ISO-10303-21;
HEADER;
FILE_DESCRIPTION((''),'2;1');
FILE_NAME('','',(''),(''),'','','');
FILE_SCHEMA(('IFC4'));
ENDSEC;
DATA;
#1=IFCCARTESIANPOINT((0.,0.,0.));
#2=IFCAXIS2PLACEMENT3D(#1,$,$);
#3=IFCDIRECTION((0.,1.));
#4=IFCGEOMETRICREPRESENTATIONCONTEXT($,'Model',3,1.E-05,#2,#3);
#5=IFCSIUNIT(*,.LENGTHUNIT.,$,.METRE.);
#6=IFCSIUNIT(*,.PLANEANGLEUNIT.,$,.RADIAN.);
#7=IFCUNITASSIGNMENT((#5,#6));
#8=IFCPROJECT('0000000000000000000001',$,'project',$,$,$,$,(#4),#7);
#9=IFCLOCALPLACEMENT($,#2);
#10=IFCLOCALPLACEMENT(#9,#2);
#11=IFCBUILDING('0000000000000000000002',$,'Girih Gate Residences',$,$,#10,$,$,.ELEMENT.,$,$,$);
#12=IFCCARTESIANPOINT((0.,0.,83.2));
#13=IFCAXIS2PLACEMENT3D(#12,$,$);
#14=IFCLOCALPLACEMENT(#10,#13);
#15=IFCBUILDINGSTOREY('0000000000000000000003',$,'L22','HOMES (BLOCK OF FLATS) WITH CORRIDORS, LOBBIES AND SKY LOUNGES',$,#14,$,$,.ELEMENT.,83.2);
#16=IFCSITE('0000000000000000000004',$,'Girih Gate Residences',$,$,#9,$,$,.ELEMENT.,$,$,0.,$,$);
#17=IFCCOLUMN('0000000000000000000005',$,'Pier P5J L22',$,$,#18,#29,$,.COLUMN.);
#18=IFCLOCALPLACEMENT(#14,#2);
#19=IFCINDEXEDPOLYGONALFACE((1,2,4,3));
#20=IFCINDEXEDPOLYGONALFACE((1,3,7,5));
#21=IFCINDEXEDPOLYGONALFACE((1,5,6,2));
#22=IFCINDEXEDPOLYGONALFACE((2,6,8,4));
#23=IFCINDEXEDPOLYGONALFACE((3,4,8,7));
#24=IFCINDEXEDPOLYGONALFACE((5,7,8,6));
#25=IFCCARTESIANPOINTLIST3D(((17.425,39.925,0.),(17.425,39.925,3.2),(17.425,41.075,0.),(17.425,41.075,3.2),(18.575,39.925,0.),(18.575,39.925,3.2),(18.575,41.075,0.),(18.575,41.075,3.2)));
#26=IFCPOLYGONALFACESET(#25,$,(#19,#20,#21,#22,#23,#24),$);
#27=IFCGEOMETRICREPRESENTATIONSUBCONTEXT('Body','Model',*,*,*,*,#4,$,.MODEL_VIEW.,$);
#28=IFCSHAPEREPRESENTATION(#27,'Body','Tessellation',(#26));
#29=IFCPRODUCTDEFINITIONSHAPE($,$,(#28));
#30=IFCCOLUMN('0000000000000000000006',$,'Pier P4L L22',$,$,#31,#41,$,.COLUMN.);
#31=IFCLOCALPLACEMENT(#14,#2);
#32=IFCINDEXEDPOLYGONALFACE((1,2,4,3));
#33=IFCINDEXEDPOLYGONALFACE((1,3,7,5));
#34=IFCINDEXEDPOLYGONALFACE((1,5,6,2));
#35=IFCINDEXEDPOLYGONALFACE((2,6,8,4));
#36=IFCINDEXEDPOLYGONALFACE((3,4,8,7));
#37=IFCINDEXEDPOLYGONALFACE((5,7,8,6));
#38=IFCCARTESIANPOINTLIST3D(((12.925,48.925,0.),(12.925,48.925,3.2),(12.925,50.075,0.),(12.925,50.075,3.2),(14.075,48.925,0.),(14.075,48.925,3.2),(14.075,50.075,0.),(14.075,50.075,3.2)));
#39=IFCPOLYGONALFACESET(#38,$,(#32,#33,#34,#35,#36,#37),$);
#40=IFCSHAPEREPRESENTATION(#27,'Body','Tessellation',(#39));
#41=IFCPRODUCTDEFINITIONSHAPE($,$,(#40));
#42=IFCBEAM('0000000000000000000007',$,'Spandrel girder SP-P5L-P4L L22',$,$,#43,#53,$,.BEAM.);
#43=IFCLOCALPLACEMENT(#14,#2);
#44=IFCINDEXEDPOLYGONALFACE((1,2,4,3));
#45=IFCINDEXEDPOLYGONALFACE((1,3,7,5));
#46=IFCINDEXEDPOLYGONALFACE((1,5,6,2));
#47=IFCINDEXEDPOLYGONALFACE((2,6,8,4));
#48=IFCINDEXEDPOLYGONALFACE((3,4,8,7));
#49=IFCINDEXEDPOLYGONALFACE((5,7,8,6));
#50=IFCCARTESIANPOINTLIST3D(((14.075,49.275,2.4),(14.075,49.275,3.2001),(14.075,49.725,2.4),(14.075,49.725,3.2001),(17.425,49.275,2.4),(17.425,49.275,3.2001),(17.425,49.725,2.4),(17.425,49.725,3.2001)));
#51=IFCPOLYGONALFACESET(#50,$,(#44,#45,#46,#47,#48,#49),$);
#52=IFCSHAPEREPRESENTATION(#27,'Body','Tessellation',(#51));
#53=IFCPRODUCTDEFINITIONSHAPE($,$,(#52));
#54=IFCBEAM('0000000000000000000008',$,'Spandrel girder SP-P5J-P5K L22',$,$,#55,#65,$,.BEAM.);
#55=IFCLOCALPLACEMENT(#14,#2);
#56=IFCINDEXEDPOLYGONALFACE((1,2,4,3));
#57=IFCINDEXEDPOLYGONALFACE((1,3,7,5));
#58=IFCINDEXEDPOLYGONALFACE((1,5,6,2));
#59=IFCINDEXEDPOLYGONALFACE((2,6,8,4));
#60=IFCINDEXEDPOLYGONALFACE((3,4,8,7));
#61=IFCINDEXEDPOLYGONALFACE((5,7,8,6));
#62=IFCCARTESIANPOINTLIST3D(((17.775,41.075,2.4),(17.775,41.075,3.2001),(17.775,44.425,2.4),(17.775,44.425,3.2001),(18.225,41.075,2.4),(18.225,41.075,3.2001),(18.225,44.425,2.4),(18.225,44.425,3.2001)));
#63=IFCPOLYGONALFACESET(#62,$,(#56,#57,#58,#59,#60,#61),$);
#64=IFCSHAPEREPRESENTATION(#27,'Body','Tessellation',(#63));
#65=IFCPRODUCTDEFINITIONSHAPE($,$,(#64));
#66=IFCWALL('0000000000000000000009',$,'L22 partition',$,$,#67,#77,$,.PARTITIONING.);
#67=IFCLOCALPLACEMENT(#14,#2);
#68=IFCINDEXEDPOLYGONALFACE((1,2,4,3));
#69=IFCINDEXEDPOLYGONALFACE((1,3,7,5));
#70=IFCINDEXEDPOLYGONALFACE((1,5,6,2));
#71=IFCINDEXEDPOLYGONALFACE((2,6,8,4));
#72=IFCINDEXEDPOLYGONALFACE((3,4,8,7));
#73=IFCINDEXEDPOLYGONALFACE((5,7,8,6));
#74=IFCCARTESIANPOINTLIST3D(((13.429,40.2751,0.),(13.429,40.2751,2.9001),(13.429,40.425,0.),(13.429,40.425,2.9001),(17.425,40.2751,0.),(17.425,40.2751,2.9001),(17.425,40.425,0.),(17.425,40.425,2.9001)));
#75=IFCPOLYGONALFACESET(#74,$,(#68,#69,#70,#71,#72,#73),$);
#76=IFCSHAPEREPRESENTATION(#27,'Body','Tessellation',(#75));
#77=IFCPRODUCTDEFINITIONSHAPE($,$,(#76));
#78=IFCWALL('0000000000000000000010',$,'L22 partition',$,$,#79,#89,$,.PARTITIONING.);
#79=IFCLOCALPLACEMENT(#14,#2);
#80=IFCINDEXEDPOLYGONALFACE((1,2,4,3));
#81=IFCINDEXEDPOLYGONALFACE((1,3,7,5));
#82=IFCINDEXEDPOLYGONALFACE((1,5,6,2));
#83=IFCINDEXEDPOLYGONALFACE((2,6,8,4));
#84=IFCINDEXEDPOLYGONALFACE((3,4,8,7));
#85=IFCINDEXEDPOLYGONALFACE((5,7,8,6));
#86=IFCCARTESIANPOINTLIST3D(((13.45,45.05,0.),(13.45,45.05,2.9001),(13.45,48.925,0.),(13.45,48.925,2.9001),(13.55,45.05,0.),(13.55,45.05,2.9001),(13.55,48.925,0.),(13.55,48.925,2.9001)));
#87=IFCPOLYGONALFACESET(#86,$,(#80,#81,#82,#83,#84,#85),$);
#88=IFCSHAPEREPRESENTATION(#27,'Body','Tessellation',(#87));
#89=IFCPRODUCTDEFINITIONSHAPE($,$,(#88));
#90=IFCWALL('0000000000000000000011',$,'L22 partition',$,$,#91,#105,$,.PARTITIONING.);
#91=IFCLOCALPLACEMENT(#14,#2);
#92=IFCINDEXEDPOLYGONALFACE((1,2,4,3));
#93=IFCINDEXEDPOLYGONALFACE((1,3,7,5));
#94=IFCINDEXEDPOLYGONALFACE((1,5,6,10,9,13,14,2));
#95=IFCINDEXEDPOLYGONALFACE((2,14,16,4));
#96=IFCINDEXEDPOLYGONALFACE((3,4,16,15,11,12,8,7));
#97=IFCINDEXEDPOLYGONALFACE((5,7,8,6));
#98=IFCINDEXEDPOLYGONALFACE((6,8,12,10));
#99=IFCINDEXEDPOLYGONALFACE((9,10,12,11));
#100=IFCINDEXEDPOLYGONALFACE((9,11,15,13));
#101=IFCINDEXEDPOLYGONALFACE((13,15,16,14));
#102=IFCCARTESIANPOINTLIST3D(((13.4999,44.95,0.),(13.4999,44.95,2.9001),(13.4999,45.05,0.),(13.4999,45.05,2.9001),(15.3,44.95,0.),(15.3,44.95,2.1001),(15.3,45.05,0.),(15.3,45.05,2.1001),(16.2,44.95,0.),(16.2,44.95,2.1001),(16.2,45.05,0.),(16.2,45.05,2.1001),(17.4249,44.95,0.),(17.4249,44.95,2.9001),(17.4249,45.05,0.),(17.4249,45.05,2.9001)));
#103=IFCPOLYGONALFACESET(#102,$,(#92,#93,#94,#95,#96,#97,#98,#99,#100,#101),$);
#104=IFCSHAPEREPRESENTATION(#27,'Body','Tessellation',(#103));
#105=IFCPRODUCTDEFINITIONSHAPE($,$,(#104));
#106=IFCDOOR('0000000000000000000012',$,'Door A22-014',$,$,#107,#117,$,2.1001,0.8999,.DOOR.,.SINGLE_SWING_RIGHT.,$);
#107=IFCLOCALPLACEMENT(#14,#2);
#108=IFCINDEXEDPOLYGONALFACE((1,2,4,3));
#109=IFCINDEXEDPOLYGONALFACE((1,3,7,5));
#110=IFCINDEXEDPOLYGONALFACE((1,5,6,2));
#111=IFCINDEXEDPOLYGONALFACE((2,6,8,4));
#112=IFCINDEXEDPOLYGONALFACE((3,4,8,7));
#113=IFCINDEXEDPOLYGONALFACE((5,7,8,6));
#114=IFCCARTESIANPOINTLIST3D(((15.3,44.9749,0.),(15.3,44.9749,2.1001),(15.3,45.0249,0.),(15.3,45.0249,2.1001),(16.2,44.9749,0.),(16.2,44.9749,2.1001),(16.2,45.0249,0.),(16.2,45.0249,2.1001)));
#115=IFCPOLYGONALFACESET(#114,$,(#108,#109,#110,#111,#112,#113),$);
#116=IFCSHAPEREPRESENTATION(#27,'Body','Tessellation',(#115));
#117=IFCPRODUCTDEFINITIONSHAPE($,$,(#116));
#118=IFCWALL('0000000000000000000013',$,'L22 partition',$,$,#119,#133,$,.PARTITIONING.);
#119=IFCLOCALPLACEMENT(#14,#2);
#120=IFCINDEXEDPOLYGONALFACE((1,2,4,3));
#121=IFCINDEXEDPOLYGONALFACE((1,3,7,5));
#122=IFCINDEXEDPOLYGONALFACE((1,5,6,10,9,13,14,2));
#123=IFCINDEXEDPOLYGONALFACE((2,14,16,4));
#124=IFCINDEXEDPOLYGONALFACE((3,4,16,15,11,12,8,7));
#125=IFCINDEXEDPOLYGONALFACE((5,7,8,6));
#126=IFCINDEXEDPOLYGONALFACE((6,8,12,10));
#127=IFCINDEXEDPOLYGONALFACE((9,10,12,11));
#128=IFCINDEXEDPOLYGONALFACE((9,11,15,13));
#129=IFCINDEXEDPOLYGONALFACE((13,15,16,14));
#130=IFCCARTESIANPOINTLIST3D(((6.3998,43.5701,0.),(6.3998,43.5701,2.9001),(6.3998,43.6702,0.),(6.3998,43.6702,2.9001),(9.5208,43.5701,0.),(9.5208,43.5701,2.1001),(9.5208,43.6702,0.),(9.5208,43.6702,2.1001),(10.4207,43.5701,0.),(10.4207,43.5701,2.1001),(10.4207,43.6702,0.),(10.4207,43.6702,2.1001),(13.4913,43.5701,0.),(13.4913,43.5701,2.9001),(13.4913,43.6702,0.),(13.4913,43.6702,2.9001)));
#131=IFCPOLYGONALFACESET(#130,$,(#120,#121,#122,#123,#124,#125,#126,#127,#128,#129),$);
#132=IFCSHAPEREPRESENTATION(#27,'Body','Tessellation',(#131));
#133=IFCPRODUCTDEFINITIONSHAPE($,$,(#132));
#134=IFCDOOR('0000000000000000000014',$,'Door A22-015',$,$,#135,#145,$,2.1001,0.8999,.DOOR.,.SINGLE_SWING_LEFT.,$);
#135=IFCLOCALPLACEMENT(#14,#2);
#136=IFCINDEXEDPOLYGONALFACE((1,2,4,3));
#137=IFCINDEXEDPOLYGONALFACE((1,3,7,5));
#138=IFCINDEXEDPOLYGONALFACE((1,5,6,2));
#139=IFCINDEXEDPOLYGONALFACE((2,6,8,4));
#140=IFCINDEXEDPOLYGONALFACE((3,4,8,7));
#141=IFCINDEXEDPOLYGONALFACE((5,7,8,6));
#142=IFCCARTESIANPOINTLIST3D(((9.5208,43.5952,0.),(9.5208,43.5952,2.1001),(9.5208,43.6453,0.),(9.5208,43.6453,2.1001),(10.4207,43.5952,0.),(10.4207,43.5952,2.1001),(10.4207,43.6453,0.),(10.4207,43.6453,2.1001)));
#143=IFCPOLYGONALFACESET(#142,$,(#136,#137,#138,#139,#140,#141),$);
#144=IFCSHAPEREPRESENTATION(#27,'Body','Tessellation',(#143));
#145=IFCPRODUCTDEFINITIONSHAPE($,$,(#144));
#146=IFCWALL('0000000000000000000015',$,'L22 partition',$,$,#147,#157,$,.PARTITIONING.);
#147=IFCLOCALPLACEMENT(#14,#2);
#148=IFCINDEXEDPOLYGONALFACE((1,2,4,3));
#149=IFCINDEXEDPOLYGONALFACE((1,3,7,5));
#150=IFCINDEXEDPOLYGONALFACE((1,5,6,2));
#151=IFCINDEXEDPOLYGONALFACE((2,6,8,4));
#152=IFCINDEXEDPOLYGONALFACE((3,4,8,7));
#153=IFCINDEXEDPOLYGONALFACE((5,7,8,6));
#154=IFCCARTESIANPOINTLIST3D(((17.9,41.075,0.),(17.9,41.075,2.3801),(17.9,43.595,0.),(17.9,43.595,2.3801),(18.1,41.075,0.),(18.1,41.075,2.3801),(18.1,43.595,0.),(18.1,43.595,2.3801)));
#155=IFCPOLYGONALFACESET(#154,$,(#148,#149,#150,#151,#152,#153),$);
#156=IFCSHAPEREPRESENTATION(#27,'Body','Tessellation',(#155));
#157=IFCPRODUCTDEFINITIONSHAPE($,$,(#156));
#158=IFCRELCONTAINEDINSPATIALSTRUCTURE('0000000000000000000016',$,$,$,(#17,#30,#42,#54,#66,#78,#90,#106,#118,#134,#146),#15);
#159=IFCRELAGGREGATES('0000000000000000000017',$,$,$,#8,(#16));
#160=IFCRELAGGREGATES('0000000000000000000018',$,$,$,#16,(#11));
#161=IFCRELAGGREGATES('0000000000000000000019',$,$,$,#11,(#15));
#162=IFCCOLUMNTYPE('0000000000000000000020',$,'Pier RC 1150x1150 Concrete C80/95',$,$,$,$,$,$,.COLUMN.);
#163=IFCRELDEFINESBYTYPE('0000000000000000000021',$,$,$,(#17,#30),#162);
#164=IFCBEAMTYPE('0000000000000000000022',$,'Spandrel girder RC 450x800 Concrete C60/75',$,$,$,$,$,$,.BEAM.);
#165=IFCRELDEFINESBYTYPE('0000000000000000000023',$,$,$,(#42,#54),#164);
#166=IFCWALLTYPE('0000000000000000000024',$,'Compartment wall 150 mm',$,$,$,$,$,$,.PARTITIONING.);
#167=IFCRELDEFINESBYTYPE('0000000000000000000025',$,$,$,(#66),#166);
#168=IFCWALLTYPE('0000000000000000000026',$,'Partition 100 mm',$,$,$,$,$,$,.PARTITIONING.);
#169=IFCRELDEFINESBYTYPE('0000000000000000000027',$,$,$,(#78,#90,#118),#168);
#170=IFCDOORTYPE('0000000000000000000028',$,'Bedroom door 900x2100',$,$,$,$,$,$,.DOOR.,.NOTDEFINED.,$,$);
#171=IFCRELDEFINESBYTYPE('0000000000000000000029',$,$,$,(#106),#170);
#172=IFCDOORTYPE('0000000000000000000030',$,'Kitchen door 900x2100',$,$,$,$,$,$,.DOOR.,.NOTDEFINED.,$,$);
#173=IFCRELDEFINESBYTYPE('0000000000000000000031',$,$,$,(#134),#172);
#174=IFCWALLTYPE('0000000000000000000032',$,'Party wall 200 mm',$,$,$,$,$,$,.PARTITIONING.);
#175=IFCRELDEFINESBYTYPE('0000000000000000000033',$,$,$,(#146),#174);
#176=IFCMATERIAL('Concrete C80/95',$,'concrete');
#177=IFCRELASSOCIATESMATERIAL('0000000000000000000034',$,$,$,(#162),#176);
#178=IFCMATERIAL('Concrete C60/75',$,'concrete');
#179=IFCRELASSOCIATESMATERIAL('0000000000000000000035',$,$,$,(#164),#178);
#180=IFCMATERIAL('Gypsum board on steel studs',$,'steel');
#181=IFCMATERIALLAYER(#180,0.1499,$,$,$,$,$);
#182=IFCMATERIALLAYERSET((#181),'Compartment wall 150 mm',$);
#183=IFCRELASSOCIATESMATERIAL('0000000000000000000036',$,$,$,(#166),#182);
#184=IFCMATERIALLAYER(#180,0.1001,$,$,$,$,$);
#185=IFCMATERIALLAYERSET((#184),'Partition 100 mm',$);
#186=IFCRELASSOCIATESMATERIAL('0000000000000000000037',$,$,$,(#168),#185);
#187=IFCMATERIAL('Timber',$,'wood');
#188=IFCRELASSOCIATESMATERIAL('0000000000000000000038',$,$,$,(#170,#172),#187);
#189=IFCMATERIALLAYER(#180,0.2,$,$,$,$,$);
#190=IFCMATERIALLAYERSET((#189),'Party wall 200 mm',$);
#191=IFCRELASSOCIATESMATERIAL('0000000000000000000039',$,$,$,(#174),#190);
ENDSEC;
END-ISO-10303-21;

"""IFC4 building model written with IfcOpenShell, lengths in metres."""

from ifc_helpers import new_model, si_unit, direction, frame, frame_2d, origin, origin_2d, place, context, subcontext, project, spatial, rectangle, extrude, material, layer, layer_set, material_profile, profile_set, type_object, element, fill, save


model = new_model("IFC4")

# Units and contexts
model_context = context("Model", 3, precision=1e-05, world=origin(), true_north=direction((0.0, 1.0)))
body_context = subcontext(model_context, "Body", "Model", "MODEL_VIEW")
ifc_project = project(units=[si_unit("LENGTHUNIT", "METRE"), si_unit("PLANEANGLEUNIT", "RADIAN")], contexts=[model_context])

# Site, building, storey
site_placement = place(None, origin())
site = spatial("IfcSite", under=ifc_project, at=site_placement, Name="Girih Gate Residences", CompositionType="ELEMENT", RefElevation=0.0)
building_placement = place(site_placement, origin())
building = spatial("IfcBuilding", under=site, at=building_placement, Name="Girih Gate Residences", CompositionType="ELEMENT")
storey_placement = place(building_placement, frame((0.0, 0.0, 83.2)))
storey = spatial("IfcBuildingStorey", under=building, at=storey_placement, Name="L22", Description="HOMES (BLOCK OF FLATS) WITH CORRIDORS, LOBBIES AND SKY LOUNGES", CompositionType="ELEMENT", Elevation=83.2)

# Columns
ifc_material_1 = material(Name="Concrete C80/95", Category="concrete")
ifc_material_profile_1 = material_profile(ifc_material_1, rectangle(XDim=1.1499, YDim=1.1499, at=origin_2d()))
ifc_profile_set_1 = profile_set([ifc_material_profile_1], Name="Concrete C80/95")
column_type = type_object("IfcColumnType", Name="Pier RC 1150x1150 Concrete C80/95", PredefinedType="COLUMN", material=ifc_profile_set_1)
for number, where, z_axis, x_axis, name in (
    (1, (18.0, 40.5, 0.0), (0.0, 0.0, 1.0), (1.0, 0.0, 0.0), "Pier P5J L22"),
    (2, (13.5, 49.5, 0.0), (0.0, 0.0, 1.0), (1.0, 0.0, 0.0), "Pier P4L L22"),
):
    element("IfcColumn", number, at=place(storey_placement, frame(where, z_axis=z_axis, x_axis=x_axis)), inside=storey, type_object=column_type, Name=name, PredefinedType="COLUMN", context=body_context, shape_type="SweptSolid", body=[
        extrude(rectangle(XDim=1.1499, YDim=1.1499, at=origin_2d()), origin(), (0.0, 0.0, 1.0), 3.2),
    ])

# Beams
ifc_material_2 = material(Name="Concrete C60/75", Category="concrete")
ifc_material_profile_2 = material_profile(ifc_material_2, rectangle(XDim=0.45, YDim=0.8, at=origin_2d()))
ifc_profile_set_2 = profile_set([ifc_material_profile_2], Name="Concrete C60/75")
beam_type = type_object("IfcBeamType", Name="Spandrel girder RC 450x800 Concrete C60/75", PredefinedType="BEAM", material=ifc_profile_set_2)
for number, where, z_axis, x_axis, name in (
    (3, (17.425, 49.5, 2.8), (-1.0, 0.0, 0.0), (0.0, -1.0, 0.0), "Spandrel girder SP-P5L-P4L L22"),
    (4, (18.0, 41.075, 2.8), (0.0, 1.0, 0.0), (-1.0, 0.0, 0.0), "Spandrel girder SP-P5J-P5K L22"),
):
    element("IfcBeam", number, at=place(storey_placement, frame(where, z_axis=z_axis, x_axis=x_axis)), inside=storey, type_object=beam_type, Name=name, PredefinedType="BEAM", context=body_context, shape_type="SweptSolid", body=[
        extrude(rectangle(XDim=0.45, YDim=0.8, at=origin_2d()), origin(), (0.0, 0.0, 1.0), 3.3501),
    ])

# Walls
ifc_material_3 = material(Name="Gypsum board on steel studs", Category="steel")
ifc_layer_1 = layer(ifc_material_3, 0.1499)
ifc_layer_set_1 = layer_set([ifc_layer_1], Name="Compartment wall 150 mm")
wall_type_1 = type_object("IfcWallType", Name="Compartment wall 150 mm", PredefinedType="PARTITIONING", material=ifc_layer_set_1)
wall_1_placement = place(storey_placement, frame((13.429, 40.3501, 0.0), z_axis=(0.0, 0.0, 1.0), x_axis=(1.0, 0.0, 0.0)))
element("IfcWall", 5, at=wall_1_placement, inside=storey, type_object=wall_type_1, Name="L22 partition", PredefinedType="PARTITIONING", context=body_context, shape_type="SweptSolid", body=[
    extrude(rectangle(XDim=3.9961, YDim=0.1499, at=frame_2d((1.998, 0.0))), origin(), (0.0, 0.0, 1.0), 2.9001),
])
ifc_layer_2 = layer(ifc_material_3, 0.1001)
ifc_layer_set_2 = layer_set([ifc_layer_2], Name="Partition 100 mm")
wall_type_2 = type_object("IfcWallType", Name="Partition 100 mm", PredefinedType="PARTITIONING", material=ifc_layer_set_2)
wall_2_placement = place(storey_placement, frame((13.5, 45.05, 0.0), z_axis=(0.0, 0.0, 1.0), x_axis=(0.0, 1.0, 0.0)))
element("IfcWall", 6, at=wall_2_placement, inside=storey, type_object=wall_type_2, Name="L22 partition", PredefinedType="PARTITIONING", context=body_context, shape_type="SweptSolid", body=[
    extrude(rectangle(XDim=3.875, YDim=0.1001, at=frame_2d((1.9375, 0.0))), origin(), (0.0, 0.0, 1.0), 2.9001),
])

# Walls, openings, doors
wall_3_placement = place(storey_placement, frame((13.5, 45.0, 0.0), z_axis=(0.0, 0.0, 1.0), x_axis=(1.0, 0.0, 0.0)))
wall_3 = element("IfcWall", 7, at=wall_3_placement, inside=storey, type_object=wall_type_2, Name="L22 partition", PredefinedType="PARTITIONING", context=body_context, shape_type="SweptSolid", body=[
    extrude(rectangle(XDim=3.925, YDim=0.1001, at=frame_2d((1.9624, 0.0))), origin(), (0.0, 0.0, 1.0), 2.9001),
])
opening_1_placement = place(wall_3_placement, frame((1.8, 0.0, 0.0)))
opening_1 = element("IfcOpeningElement", 8, at=opening_1_placement, cuts=wall_3, PredefinedType="OPENING", context=body_context, shape_type="SweptSolid", body=[
    extrude(rectangle(XDim=0.8999, YDim=2.1001, at=frame_2d((0.45, 1.05))), frame((0.0, 0.0601, 0.0), z_axis=(0.0, -1.0, 0.0), x_axis=(1.0, 0.0, 0.0)), (0.0, 0.0, 1.0), 0.1201),
])
ifc_material_4 = material(Name="Timber", Category="wood")
door_type_1 = type_object("IfcDoorType", Name="Bedroom door 900x2100", OperationType="NOTDEFINED", PredefinedType="DOOR", material=ifc_material_4)
door_1_placement = place(opening_1_placement, origin())
door_1 = element("IfcDoor", 9, at=door_1_placement, inside=storey, type_object=door_type_1, Name="Door A22-014", OperationType="SINGLE_SWING_RIGHT", OverallHeight=2.1001, OverallWidth=0.8999, PredefinedType="DOOR", context=body_context, shape_type="SweptSolid", body=[
    extrude(rectangle(XDim=0.8999, YDim=2.1001, at=frame_2d((0.45, 1.05))), frame((0.0, 0.0249, 0.0), z_axis=(0.0, -1.0, 0.0), x_axis=(1.0, 0.0, 0.0)), (0.0, 0.0, 1.0), 0.05),
])
fill(opening_1, door_1)
wall_4_placement = place(storey_placement, frame((13.4915, 43.6201, 0.0), z_axis=(0.0, 0.0, 1.0), x_axis=(-1.0, 0.0, 0.0)))
wall_4 = element("IfcWall", 10, at=wall_4_placement, inside=storey, type_object=wall_type_2, Name="L22 partition", PredefinedType="PARTITIONING", context=body_context, shape_type="SweptSolid", body=[
    extrude(rectangle(XDim=7.0916, YDim=0.1001, at=frame_2d((3.5459, 0.0))), origin(), (0.0, 0.0, 1.0), 2.9001),
])
opening_2_placement = place(wall_4_placement, frame((3.0708, 0.0, 0.0)))
opening_2 = element("IfcOpeningElement", 11, at=opening_2_placement, cuts=wall_4, PredefinedType="OPENING", context=body_context, shape_type="SweptSolid", body=[
    extrude(rectangle(XDim=0.8999, YDim=2.1001, at=frame_2d((0.45, 1.05))), frame((0.0, 0.0601, 0.0), z_axis=(0.0, -1.0, 0.0), x_axis=(1.0, 0.0, 0.0)), (0.0, 0.0, 1.0), 0.1201),
])
door_type_2 = type_object("IfcDoorType", Name="Kitchen door 900x2100", OperationType="NOTDEFINED", PredefinedType="DOOR", material=ifc_material_4)
door_2_placement = place(opening_2_placement, origin())
door_2 = element("IfcDoor", 12, at=door_2_placement, inside=storey, type_object=door_type_2, Name="Door A22-015", OperationType="SINGLE_SWING_LEFT", OverallHeight=2.1001, OverallWidth=0.8999, PredefinedType="DOOR", context=body_context, shape_type="SweptSolid", body=[
    extrude(rectangle(XDim=0.8999, YDim=2.1001, at=frame_2d((0.45, 1.05))), frame((0.0, 0.0249, 0.0), z_axis=(0.0, -1.0, 0.0), x_axis=(1.0, 0.0, 0.0)), (0.0, 0.0, 1.0), 0.05),
])
fill(opening_2, door_2)

# Wall
ifc_layer_3 = layer(ifc_material_3, 0.2)
ifc_layer_set_3 = layer_set([ifc_layer_3], Name="Party wall 200 mm")
wall_type_3 = type_object("IfcWallType", Name="Party wall 200 mm", PredefinedType="PARTITIONING", material=ifc_layer_set_3)
wall_5_placement = place(storey_placement, frame((18.0, 41.075, 0.0), z_axis=(0.0, 0.0, 1.0), x_axis=(0.0, 1.0, 0.0)))
element("IfcWall", 13, at=wall_5_placement, inside=storey, type_object=wall_type_3, Name="L22 partition", PredefinedType="PARTITIONING", context=body_context, shape_type="SweptSolid", body=[
    extrude(rectangle(XDim=2.52, YDim=0.2, at=frame_2d((1.26, 0.0))), origin(), (0.0, 0.0, 1.0), 2.3801),
])

save(model, "model.ifc")
